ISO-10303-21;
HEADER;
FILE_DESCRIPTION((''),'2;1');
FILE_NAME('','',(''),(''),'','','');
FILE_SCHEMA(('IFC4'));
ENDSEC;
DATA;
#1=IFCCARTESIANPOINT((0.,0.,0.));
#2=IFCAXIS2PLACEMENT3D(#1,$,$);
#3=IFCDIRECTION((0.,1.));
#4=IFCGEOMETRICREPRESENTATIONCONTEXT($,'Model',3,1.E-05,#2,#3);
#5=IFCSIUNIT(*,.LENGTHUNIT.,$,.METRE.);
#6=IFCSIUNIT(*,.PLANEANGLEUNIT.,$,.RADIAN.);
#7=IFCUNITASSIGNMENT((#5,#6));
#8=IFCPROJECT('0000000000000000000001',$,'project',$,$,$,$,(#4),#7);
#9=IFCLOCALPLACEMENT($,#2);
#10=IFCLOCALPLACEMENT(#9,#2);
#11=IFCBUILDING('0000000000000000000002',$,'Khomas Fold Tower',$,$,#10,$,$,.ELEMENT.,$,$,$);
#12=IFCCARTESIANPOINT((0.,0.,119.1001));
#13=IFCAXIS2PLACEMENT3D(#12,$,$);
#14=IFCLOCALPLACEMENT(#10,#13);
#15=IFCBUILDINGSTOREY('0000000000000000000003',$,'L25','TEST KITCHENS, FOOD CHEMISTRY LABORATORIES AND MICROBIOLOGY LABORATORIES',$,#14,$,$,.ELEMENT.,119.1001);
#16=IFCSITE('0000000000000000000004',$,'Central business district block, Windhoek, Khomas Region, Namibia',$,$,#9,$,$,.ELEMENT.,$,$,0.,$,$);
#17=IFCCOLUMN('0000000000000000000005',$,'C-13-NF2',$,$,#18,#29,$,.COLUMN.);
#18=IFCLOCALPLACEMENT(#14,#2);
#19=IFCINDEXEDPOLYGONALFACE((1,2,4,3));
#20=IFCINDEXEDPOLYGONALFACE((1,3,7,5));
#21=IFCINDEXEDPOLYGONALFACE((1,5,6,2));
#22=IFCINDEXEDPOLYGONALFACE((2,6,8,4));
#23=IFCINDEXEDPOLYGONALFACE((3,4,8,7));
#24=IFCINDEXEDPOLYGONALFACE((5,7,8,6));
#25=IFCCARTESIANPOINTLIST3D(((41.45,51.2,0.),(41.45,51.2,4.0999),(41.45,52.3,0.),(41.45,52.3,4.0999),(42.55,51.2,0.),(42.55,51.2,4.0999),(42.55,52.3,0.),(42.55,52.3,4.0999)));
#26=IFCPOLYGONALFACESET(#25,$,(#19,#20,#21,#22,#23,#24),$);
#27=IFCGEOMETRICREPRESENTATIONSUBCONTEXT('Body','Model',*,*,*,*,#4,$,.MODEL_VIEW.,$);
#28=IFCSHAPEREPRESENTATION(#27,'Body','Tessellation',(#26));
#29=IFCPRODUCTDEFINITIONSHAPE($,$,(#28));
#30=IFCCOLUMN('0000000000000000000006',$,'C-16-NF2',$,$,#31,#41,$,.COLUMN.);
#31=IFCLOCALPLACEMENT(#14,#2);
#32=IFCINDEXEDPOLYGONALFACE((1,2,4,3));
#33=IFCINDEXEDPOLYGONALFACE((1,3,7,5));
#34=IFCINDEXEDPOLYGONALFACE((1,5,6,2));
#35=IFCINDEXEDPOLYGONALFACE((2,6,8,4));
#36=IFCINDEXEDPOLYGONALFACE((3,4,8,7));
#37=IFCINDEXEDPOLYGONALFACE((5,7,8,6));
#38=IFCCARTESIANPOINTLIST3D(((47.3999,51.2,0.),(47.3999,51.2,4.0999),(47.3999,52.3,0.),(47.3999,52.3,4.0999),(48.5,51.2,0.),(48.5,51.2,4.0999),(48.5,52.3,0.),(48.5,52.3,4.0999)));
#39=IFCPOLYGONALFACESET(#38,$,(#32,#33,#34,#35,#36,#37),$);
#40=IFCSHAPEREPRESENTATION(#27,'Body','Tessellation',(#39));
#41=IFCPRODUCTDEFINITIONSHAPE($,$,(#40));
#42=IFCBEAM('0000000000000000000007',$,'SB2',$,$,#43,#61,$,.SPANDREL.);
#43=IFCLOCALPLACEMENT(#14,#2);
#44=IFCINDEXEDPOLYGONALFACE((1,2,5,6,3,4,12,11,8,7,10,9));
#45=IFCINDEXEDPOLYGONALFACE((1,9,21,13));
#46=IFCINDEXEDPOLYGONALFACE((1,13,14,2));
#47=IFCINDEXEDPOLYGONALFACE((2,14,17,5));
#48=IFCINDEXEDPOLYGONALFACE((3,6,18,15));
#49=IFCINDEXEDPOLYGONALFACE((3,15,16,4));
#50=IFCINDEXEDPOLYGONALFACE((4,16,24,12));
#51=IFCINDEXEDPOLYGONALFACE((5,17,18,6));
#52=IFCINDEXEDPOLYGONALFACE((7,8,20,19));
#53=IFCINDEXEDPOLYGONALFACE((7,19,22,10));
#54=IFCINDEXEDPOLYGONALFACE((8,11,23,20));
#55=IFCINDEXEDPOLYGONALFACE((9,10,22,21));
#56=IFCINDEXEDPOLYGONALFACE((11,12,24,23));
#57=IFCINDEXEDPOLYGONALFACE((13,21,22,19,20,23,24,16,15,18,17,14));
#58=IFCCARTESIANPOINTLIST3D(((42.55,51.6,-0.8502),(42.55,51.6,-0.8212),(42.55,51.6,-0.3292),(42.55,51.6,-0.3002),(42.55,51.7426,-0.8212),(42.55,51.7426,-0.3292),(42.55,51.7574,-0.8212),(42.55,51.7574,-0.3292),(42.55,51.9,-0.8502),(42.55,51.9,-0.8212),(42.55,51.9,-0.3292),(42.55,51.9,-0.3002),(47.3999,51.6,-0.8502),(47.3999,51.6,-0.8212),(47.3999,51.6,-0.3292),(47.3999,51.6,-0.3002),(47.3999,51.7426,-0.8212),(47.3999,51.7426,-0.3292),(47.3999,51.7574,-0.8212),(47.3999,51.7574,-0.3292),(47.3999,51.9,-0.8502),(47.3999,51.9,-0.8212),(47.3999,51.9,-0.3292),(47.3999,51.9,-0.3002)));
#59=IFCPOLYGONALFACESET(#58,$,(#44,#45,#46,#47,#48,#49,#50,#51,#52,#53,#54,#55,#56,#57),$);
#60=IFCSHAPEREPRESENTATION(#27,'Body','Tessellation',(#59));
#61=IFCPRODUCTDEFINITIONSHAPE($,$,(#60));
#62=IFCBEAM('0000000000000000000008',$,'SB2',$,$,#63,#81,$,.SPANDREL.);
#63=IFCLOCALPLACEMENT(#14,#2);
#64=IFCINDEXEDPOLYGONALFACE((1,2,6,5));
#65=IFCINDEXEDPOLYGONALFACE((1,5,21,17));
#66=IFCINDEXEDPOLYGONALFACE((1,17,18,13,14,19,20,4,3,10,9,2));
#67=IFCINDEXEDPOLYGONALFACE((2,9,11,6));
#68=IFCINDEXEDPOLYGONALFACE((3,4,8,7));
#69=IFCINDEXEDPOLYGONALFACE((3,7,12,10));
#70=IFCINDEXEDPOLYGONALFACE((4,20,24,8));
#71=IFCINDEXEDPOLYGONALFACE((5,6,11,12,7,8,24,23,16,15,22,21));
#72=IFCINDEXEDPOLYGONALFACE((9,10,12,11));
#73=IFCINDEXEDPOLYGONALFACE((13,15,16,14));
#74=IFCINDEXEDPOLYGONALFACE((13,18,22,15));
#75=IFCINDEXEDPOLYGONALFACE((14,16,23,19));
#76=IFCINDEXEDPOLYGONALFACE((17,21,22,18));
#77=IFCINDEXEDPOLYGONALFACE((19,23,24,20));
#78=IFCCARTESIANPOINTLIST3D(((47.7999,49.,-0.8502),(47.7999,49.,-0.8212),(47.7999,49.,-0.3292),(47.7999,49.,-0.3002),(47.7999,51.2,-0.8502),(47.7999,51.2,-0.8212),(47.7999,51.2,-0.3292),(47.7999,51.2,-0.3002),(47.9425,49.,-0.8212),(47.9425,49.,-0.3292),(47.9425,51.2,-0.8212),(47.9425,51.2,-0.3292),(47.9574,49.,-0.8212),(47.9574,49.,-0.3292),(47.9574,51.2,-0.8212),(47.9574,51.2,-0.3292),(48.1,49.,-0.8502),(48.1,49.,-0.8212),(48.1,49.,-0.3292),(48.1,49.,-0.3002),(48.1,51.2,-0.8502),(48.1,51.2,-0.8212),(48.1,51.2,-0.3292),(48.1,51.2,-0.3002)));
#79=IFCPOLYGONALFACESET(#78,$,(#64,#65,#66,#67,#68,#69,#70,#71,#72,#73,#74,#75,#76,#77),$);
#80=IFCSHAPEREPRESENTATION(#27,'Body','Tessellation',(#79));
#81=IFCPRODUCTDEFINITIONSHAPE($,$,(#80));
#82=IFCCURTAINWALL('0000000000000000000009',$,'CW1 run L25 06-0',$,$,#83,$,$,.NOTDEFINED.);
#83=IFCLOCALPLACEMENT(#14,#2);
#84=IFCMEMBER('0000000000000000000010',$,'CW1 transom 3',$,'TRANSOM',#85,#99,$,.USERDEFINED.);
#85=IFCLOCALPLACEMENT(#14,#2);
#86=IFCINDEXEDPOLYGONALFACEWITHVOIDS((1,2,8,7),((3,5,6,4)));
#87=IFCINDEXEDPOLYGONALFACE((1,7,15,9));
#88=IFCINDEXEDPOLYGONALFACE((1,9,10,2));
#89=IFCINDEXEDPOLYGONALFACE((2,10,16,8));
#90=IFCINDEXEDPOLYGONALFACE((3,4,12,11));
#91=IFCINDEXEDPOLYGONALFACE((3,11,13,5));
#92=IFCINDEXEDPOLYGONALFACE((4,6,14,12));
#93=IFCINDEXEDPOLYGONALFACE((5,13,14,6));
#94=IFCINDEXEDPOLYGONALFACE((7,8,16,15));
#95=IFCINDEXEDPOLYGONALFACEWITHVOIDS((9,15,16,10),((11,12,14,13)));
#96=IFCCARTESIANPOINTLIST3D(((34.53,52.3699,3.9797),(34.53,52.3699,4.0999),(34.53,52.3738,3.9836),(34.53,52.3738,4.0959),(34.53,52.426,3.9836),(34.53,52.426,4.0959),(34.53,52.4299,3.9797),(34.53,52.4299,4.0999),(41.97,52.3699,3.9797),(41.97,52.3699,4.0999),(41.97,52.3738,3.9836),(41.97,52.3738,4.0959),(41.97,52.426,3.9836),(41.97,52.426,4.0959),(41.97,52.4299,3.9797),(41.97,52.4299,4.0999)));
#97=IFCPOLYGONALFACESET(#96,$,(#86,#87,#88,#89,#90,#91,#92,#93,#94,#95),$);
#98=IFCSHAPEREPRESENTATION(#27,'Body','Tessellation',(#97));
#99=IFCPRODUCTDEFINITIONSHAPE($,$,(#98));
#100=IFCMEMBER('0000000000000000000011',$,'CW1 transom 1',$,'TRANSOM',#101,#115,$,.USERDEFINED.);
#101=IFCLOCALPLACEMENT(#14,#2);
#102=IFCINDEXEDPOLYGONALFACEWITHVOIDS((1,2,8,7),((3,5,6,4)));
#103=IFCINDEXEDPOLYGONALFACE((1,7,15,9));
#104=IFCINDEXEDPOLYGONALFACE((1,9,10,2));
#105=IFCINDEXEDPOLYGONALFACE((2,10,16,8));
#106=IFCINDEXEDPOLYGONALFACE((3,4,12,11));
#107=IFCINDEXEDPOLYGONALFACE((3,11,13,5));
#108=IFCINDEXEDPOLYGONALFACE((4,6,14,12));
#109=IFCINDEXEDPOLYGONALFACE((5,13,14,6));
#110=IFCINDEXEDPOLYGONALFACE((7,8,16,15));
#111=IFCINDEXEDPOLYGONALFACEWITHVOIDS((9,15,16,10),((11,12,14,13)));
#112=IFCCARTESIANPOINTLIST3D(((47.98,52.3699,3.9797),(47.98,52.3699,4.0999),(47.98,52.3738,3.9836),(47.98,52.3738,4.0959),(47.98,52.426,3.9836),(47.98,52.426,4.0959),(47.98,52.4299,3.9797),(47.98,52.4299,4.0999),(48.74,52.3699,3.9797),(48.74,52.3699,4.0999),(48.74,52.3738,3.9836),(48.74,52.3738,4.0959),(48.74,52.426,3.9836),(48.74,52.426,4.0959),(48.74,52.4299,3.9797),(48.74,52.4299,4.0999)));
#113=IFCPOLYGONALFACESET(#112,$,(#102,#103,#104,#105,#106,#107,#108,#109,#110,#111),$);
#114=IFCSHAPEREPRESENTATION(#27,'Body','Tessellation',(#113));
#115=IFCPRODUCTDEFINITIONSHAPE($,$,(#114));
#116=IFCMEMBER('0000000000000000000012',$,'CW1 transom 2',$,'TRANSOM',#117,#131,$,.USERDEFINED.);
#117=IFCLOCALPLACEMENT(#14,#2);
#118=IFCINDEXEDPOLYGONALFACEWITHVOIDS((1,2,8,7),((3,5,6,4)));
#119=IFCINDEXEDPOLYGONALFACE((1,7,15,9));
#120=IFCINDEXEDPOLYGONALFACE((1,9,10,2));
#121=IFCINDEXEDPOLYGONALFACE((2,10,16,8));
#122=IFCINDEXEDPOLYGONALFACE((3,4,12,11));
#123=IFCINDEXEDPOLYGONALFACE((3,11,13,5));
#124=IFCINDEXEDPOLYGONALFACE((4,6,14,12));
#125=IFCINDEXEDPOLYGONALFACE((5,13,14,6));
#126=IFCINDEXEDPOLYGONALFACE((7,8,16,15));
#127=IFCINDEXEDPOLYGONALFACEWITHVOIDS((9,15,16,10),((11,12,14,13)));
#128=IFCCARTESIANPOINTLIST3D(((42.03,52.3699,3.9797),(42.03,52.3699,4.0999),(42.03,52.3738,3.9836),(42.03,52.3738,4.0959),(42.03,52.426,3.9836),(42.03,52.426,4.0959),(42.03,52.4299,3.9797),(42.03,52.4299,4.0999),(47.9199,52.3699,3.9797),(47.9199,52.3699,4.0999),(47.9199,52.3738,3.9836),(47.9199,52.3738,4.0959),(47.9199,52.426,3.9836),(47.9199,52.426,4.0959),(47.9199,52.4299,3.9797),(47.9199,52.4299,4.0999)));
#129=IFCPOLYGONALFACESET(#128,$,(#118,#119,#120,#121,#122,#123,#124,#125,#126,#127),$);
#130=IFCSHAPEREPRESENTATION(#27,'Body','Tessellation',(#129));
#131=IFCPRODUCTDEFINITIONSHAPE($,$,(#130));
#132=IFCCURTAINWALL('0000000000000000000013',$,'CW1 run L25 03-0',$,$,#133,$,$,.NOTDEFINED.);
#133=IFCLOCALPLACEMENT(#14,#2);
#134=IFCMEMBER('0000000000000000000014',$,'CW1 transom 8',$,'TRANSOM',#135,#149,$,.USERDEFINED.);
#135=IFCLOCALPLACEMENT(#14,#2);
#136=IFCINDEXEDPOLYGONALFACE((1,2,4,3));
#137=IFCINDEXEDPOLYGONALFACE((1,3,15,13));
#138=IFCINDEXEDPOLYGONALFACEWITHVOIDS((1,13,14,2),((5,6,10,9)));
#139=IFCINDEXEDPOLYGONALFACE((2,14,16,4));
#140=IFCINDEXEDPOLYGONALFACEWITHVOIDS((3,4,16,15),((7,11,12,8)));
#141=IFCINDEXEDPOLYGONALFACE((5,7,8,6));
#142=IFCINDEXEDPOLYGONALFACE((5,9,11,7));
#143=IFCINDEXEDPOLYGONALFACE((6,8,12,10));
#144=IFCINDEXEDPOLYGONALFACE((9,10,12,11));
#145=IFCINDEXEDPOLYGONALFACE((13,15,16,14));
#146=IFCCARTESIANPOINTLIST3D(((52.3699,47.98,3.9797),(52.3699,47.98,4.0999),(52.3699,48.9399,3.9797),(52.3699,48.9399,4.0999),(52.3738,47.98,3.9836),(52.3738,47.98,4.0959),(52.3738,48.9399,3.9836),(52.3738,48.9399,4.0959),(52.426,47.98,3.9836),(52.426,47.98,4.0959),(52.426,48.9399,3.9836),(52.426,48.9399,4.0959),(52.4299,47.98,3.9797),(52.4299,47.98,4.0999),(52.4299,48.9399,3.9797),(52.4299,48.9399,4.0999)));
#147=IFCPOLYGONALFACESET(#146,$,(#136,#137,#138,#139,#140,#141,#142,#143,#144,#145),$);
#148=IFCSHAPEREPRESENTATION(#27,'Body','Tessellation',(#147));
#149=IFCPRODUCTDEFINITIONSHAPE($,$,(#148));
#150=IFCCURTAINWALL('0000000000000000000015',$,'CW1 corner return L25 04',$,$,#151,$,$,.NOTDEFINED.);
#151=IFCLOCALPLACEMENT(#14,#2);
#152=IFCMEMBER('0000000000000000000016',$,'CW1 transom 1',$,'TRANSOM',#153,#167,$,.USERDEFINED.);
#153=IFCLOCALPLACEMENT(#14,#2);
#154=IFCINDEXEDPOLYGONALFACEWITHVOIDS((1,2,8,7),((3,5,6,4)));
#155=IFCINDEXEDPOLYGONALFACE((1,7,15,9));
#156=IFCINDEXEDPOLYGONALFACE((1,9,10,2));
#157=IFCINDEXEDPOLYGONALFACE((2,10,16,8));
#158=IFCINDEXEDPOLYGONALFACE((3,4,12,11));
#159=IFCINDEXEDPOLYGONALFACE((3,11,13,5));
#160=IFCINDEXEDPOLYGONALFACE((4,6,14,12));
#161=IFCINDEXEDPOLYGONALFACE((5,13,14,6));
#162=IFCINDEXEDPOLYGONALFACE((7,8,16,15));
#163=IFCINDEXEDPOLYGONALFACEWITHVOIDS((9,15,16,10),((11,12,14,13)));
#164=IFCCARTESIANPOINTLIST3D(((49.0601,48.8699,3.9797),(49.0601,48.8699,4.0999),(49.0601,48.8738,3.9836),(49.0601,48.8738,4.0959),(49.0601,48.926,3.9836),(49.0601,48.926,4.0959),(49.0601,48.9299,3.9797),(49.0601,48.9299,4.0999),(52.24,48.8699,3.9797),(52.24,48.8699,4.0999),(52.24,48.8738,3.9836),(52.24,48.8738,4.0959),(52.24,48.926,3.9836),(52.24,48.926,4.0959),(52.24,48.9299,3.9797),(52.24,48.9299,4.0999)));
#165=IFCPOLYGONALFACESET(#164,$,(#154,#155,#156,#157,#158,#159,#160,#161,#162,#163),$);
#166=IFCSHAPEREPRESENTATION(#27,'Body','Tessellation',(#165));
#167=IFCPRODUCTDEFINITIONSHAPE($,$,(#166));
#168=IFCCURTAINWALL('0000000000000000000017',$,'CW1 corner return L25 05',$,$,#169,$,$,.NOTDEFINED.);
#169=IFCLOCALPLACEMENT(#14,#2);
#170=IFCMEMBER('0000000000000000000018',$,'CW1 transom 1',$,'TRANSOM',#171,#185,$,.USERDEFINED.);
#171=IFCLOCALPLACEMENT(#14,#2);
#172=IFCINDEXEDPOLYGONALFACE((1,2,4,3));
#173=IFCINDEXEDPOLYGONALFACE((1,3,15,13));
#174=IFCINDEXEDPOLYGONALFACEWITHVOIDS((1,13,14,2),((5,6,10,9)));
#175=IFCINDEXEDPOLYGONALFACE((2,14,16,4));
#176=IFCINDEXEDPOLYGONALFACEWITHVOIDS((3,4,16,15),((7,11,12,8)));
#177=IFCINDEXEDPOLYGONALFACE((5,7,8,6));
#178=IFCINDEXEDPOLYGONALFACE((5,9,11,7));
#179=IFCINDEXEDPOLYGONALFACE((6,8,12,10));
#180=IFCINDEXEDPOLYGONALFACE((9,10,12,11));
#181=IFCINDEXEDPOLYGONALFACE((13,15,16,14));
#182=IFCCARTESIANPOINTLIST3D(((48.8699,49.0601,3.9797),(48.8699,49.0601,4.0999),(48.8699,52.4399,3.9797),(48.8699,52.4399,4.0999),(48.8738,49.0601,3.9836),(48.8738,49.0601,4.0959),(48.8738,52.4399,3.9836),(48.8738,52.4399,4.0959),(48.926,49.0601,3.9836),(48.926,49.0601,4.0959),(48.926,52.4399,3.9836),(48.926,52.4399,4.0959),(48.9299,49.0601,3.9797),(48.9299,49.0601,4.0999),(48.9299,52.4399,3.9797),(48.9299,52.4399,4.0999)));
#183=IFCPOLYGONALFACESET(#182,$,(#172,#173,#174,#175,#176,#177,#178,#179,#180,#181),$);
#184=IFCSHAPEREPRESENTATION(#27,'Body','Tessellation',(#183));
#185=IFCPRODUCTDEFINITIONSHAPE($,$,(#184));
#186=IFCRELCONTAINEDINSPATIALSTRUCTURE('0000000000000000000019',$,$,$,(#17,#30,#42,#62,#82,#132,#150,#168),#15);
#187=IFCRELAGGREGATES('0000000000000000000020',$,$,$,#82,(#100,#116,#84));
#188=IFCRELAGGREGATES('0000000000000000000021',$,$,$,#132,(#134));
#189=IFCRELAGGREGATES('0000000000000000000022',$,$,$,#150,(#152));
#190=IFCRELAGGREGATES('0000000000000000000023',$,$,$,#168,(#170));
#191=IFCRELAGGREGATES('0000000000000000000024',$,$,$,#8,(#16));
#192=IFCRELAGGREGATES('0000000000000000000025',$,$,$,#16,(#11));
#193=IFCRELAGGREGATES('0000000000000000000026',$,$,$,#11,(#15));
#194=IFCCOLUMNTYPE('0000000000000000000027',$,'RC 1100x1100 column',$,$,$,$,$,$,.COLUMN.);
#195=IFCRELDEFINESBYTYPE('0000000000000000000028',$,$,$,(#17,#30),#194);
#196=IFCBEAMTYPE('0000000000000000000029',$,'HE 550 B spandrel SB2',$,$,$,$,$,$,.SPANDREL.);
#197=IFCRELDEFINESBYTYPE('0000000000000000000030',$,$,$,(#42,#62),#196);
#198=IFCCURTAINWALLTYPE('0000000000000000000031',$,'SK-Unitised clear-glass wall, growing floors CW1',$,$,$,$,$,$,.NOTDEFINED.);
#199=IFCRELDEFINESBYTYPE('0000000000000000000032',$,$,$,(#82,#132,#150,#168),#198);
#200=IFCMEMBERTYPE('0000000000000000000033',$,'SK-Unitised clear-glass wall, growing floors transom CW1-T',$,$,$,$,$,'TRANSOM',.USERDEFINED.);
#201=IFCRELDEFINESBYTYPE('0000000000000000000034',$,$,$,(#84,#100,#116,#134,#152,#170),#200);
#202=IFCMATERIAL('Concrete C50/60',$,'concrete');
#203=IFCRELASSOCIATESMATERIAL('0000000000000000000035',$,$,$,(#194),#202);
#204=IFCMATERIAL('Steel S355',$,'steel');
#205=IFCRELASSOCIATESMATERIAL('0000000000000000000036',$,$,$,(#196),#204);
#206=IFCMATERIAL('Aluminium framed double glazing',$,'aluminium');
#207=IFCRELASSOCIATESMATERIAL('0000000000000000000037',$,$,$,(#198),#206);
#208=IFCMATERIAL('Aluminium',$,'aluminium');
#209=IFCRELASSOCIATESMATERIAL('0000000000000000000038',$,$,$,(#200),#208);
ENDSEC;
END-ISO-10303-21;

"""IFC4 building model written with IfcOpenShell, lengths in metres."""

from ifc_helpers import new_model, si_unit, direction, frame, origin, origin_2d, place, context, subcontext, project, spatial, rectangle, hollow_rectangle, i_section, extrude, source, transform, mapped, material, material_profile, profile_set, type_object, element, aggregate, save


model = new_model("IFC4")

# Units and contexts
model_context = context("Model", 3, precision=1e-05, world=origin(), true_north=direction((0.0, 1.0)))
body_context = subcontext(model_context, "Body", "Model", "MODEL_VIEW")
ifc_project = project(units=[si_unit("LENGTHUNIT", "METRE"), si_unit("PLANEANGLEUNIT", "RADIAN")], contexts=[model_context])

# Site, building, storey
site_placement = place(None, origin())
site = spatial("IfcSite", under=ifc_project, at=site_placement, Name="Central business district block, Windhoek, Khomas Region, Namibia", CompositionType="ELEMENT", RefElevation=0.0)
building_placement = place(site_placement, origin())
building = spatial("IfcBuilding", under=site, at=building_placement, Name="Khomas Fold Tower", CompositionType="ELEMENT")
storey_placement = place(building_placement, frame((0.0, 0.0, 119.1001)))
storey = spatial("IfcBuildingStorey", under=building, at=storey_placement, Name="L25", Description="TEST KITCHENS, FOOD CHEMISTRY LABORATORIES AND MICROBIOLOGY LABORATORIES", CompositionType="ELEMENT", Elevation=119.1001)

# Columns
ifc_material_1 = material(Name="Concrete C50/60", Category="concrete")
ifc_material_profile_1 = material_profile(ifc_material_1, rectangle(XDim=1.1001, YDim=1.1001, at=origin_2d()), Name="RC 1100x1100")
ifc_profile_set_1 = profile_set([ifc_material_profile_1], Name="Concrete C50/60")
column_type = type_object("IfcColumnType", Name="RC 1100x1100 column", PredefinedType="COLUMN", material=ifc_profile_set_1)
shared_shape_1 = source(origin(), body_context, "Body", "SweptSolid", [
    extrude(rectangle(XDim=1.1001, YDim=1.1001, at=origin_2d()), origin(), (0.0, 0.0, 1.0), 4.0999),
])
for number, where, z_axis, x_axis, name in (
    (1, (42.0, 51.75, 0.0), (0.0, 0.0, 1.0), (1.0, 0.0, 0.0), "C-13-NF2"),
    (2, (47.95, 51.75, 0.0), (0.0, 0.0, 1.0), (1.0, 0.0, 0.0), "C-16-NF2"),
):
    element("IfcColumn", number, at=place(storey_placement, frame(where, z_axis=z_axis, x_axis=x_axis)), inside=storey, type_object=column_type, Name=name, PredefinedType="COLUMN", context=body_context, shape_type="MappedRepresentation", body=[
        mapped(shared_shape_1, transform((0.0, 0.0, 0.0))),
    ])

# Beams
ifc_material_2 = material(Name="Steel S355", Category="steel")
ifc_material_profile_2 = material_profile(ifc_material_2, i_section(OverallWidth=0.3, OverallDepth=0.55, WebThickness=0.0149, FlangeThickness=0.0291, at=origin_2d()), Name="HE 550 B")
ifc_profile_set_2 = profile_set([ifc_material_profile_2], Name="Steel S355")
beam_type = type_object("IfcBeamType", Name="HE 550 B spandrel SB2", PredefinedType="SPANDREL", material=ifc_profile_set_2)
shared_shape_2 = source(origin(), body_context, "Body", "SweptSolid", [
    extrude(i_section(OverallWidth=0.3, OverallDepth=0.55, WebThickness=0.0149, FlangeThickness=0.0291, at=origin_2d()), origin(), (0.0, 0.0, 1.0), 4.8499),
])
beam_1_placement = place(storey_placement, frame((42.55, 51.75, -0.5752), z_axis=(1.0, 0.0, 0.0), x_axis=(0.0, 1.0, 0.0)))
element("IfcBeam", 3, at=beam_1_placement, inside=storey, type_object=beam_type, Name="SB2", PredefinedType="SPANDREL", context=body_context, shape_type="MappedRepresentation", body=[
    mapped(shared_shape_2, transform((0.0, 0.0, 0.0))),
])
shared_shape_3 = source(origin(), body_context, "Body", "SweptSolid", [
    extrude(i_section(OverallWidth=0.3, OverallDepth=0.55, WebThickness=0.0149, FlangeThickness=0.0291, at=origin_2d()), origin(), (0.0, 0.0, 1.0), 2.2),
])
beam_2_placement = place(storey_placement, frame((47.95, 49.0, -0.5752), z_axis=(0.0, 1.0, 0.0), x_axis=(-1.0, 0.0, 0.0)))
element("IfcBeam", 4, at=beam_2_placement, inside=storey, type_object=beam_type, Name="SB2", PredefinedType="SPANDREL", context=body_context, shape_type="MappedRepresentation", body=[
    mapped(shared_shape_3, transform((0.0, 0.0, 0.0))),
])

# Curtain wall, members
ifc_material_3 = material(Name="Aluminium framed double glazing", Category="aluminium")
curtain_wall_type = type_object("IfcCurtainWallType", Name="SK-Unitised clear-glass wall, growing floors CW1", PredefinedType="NOTDEFINED", material=ifc_material_3)
curtain_wall_1_placement = place(storey_placement, origin())
curtain_wall_1 = element("IfcCurtainWall", 5, at=curtain_wall_1_placement, inside=storey, type_object=curtain_wall_type, Name="CW1 run L25 06-0", PredefinedType="NOTDEFINED")
ifc_material_4 = material(Name="Aluminium", Category="aluminium")
ifc_material_profile_3 = material_profile(ifc_material_4, hollow_rectangle(XDim=0.0601, YDim=0.1201, WallThickness=0.0039, at=origin_2d()), Name="SK-Unitised clear-glass wall, growing floors transom CW1-T")
ifc_profile_set_3 = profile_set([ifc_material_profile_3], Name="Aluminium")
member_type_1 = type_object("IfcMemberType", Name="SK-Unitised clear-glass wall, growing floors transom CW1-T", ElementType="TRANSOM", PredefinedType="USERDEFINED", material=ifc_profile_set_3)
shared_shape_4 = source(origin(), body_context, "Body", "SweptSolid", [
    extrude(hollow_rectangle(XDim=0.0601, YDim=0.1201, WallThickness=0.0039, at=origin_2d()), origin(), (0.0, 0.0, 1.0), 7.4399),
])
member_1_placement = place(storey_placement, frame((41.97, 52.3999, 4.0398), z_axis=(-1.0, 0.0, 0.0), x_axis=(0.0, -1.0, 0.0)))
member_1 = element("IfcMember", 6, at=member_1_placement, type_object=member_type_1, Name="CW1 transom 3", ObjectType="TRANSOM", PredefinedType="USERDEFINED", context=body_context, shape_type="MappedRepresentation", body=[
    mapped(shared_shape_4, transform((0.0, 0.0, 0.0))),
])
shared_shape_5 = source(origin(), body_context, "Body", "SweptSolid", [
    extrude(hollow_rectangle(XDim=0.0601, YDim=0.1201, WallThickness=0.0039, at=origin_2d()), origin(), (0.0, 0.0, 1.0), 0.76),
])
member_2_placement = place(storey_placement, frame((48.74, 52.3999, 4.0398), z_axis=(-1.0, 0.0, 0.0), x_axis=(0.0, -1.0, 0.0)))
member_2 = element("IfcMember", 7, at=member_2_placement, type_object=member_type_1, Name="CW1 transom 1", ObjectType="TRANSOM", PredefinedType="USERDEFINED", context=body_context, shape_type="MappedRepresentation", body=[
    mapped(shared_shape_5, transform((0.0, 0.0, 0.0))),
])
shared_shape_6 = source(origin(), body_context, "Body", "SweptSolid", [
    extrude(hollow_rectangle(XDim=0.0601, YDim=0.1201, WallThickness=0.0039, at=origin_2d()), origin(), (0.0, 0.0, 1.0), 5.8899),
])
member_3_placement = place(storey_placement, frame((47.9199, 52.3999, 4.0398), z_axis=(-1.0, 0.0, 0.0), x_axis=(0.0, -1.0, 0.0)))
member_3 = element("IfcMember", 8, at=member_3_placement, type_object=member_type_1, Name="CW1 transom 2", ObjectType="TRANSOM", PredefinedType="USERDEFINED", context=body_context, shape_type="MappedRepresentation", body=[
    mapped(shared_shape_6, transform((0.0, 0.0, 0.0))),
])

# Curtain walls, members
curtain_wall_2_placement = place(storey_placement, origin())
curtain_wall_2 = element("IfcCurtainWall", 9, at=curtain_wall_2_placement, inside=storey, type_object=curtain_wall_type, Name="CW1 run L25 03-0", PredefinedType="NOTDEFINED")
shared_shape_7 = source(origin(), body_context, "Body", "SweptSolid", [
    extrude(hollow_rectangle(XDim=0.0601, YDim=0.1201, WallThickness=0.0039, at=origin_2d()), origin(), (0.0, 0.0, 1.0), 0.96),
])
member_4_placement = place(storey_placement, frame((52.3999, 47.98, 4.0398), z_axis=(0.0, 1.0, 0.0), x_axis=(-1.0, 0.0, 0.0)))
member_4 = element("IfcMember", 10, at=member_4_placement, type_object=member_type_1, Name="CW1 transom 8", ObjectType="TRANSOM", PredefinedType="USERDEFINED", context=body_context, shape_type="MappedRepresentation", body=[
    mapped(shared_shape_7, transform((0.0, 0.0, 0.0))),
])
curtain_wall_3_placement = place(storey_placement, origin())
curtain_wall_3 = element("IfcCurtainWall", 11, at=curtain_wall_3_placement, inside=storey, type_object=curtain_wall_type, Name="CW1 corner return L25 04", PredefinedType="NOTDEFINED")
shared_shape_8 = source(origin(), body_context, "Body", "SweptSolid", [
    extrude(hollow_rectangle(XDim=0.0601, YDim=0.1201, WallThickness=0.0039, at=origin_2d()), origin(), (0.0, 0.0, 1.0), 3.1799),
])
member_5_placement = place(storey_placement, frame((52.24, 48.8999, 4.0398), z_axis=(-1.0, 0.0, 0.0), x_axis=(0.0, -1.0, 0.0)))
member_5 = element("IfcMember", 12, at=member_5_placement, type_object=member_type_1, Name="CW1 transom 1", ObjectType="TRANSOM", PredefinedType="USERDEFINED", context=body_context, shape_type="MappedRepresentation", body=[
    mapped(shared_shape_8, transform((0.0, 0.0, 0.0))),
])
curtain_wall_4_placement = place(storey_placement, origin())
curtain_wall_4 = element("IfcCurtainWall", 13, at=curtain_wall_4_placement, inside=storey, type_object=curtain_wall_type, Name="CW1 corner return L25 05", PredefinedType="NOTDEFINED")
shared_shape_9 = source(origin(), body_context, "Body", "SweptSolid", [
    extrude(hollow_rectangle(XDim=0.0601, YDim=0.1201, WallThickness=0.0039, at=origin_2d()), origin(), (0.0, 0.0, 1.0), 3.3799),
])
member_6_placement = place(storey_placement, frame((48.8999, 49.0601, 4.0398), z_axis=(0.0, 1.0, 0.0), x_axis=(-1.0, 0.0, 0.0)))
member_6 = element("IfcMember", 14, at=member_6_placement, type_object=member_type_1, Name="CW1 transom 1", ObjectType="TRANSOM", PredefinedType="USERDEFINED", context=body_context, shape_type="MappedRepresentation", body=[
    mapped(shared_shape_9, transform((0.0, 0.0, 0.0))),
])

aggregate(curtain_wall_1, [member_2, member_3, member_1])
aggregate(curtain_wall_2, [member_4])
aggregate(curtain_wall_3, [member_5])
aggregate(curtain_wall_4, [member_6])

save(model, "model.ifc")
